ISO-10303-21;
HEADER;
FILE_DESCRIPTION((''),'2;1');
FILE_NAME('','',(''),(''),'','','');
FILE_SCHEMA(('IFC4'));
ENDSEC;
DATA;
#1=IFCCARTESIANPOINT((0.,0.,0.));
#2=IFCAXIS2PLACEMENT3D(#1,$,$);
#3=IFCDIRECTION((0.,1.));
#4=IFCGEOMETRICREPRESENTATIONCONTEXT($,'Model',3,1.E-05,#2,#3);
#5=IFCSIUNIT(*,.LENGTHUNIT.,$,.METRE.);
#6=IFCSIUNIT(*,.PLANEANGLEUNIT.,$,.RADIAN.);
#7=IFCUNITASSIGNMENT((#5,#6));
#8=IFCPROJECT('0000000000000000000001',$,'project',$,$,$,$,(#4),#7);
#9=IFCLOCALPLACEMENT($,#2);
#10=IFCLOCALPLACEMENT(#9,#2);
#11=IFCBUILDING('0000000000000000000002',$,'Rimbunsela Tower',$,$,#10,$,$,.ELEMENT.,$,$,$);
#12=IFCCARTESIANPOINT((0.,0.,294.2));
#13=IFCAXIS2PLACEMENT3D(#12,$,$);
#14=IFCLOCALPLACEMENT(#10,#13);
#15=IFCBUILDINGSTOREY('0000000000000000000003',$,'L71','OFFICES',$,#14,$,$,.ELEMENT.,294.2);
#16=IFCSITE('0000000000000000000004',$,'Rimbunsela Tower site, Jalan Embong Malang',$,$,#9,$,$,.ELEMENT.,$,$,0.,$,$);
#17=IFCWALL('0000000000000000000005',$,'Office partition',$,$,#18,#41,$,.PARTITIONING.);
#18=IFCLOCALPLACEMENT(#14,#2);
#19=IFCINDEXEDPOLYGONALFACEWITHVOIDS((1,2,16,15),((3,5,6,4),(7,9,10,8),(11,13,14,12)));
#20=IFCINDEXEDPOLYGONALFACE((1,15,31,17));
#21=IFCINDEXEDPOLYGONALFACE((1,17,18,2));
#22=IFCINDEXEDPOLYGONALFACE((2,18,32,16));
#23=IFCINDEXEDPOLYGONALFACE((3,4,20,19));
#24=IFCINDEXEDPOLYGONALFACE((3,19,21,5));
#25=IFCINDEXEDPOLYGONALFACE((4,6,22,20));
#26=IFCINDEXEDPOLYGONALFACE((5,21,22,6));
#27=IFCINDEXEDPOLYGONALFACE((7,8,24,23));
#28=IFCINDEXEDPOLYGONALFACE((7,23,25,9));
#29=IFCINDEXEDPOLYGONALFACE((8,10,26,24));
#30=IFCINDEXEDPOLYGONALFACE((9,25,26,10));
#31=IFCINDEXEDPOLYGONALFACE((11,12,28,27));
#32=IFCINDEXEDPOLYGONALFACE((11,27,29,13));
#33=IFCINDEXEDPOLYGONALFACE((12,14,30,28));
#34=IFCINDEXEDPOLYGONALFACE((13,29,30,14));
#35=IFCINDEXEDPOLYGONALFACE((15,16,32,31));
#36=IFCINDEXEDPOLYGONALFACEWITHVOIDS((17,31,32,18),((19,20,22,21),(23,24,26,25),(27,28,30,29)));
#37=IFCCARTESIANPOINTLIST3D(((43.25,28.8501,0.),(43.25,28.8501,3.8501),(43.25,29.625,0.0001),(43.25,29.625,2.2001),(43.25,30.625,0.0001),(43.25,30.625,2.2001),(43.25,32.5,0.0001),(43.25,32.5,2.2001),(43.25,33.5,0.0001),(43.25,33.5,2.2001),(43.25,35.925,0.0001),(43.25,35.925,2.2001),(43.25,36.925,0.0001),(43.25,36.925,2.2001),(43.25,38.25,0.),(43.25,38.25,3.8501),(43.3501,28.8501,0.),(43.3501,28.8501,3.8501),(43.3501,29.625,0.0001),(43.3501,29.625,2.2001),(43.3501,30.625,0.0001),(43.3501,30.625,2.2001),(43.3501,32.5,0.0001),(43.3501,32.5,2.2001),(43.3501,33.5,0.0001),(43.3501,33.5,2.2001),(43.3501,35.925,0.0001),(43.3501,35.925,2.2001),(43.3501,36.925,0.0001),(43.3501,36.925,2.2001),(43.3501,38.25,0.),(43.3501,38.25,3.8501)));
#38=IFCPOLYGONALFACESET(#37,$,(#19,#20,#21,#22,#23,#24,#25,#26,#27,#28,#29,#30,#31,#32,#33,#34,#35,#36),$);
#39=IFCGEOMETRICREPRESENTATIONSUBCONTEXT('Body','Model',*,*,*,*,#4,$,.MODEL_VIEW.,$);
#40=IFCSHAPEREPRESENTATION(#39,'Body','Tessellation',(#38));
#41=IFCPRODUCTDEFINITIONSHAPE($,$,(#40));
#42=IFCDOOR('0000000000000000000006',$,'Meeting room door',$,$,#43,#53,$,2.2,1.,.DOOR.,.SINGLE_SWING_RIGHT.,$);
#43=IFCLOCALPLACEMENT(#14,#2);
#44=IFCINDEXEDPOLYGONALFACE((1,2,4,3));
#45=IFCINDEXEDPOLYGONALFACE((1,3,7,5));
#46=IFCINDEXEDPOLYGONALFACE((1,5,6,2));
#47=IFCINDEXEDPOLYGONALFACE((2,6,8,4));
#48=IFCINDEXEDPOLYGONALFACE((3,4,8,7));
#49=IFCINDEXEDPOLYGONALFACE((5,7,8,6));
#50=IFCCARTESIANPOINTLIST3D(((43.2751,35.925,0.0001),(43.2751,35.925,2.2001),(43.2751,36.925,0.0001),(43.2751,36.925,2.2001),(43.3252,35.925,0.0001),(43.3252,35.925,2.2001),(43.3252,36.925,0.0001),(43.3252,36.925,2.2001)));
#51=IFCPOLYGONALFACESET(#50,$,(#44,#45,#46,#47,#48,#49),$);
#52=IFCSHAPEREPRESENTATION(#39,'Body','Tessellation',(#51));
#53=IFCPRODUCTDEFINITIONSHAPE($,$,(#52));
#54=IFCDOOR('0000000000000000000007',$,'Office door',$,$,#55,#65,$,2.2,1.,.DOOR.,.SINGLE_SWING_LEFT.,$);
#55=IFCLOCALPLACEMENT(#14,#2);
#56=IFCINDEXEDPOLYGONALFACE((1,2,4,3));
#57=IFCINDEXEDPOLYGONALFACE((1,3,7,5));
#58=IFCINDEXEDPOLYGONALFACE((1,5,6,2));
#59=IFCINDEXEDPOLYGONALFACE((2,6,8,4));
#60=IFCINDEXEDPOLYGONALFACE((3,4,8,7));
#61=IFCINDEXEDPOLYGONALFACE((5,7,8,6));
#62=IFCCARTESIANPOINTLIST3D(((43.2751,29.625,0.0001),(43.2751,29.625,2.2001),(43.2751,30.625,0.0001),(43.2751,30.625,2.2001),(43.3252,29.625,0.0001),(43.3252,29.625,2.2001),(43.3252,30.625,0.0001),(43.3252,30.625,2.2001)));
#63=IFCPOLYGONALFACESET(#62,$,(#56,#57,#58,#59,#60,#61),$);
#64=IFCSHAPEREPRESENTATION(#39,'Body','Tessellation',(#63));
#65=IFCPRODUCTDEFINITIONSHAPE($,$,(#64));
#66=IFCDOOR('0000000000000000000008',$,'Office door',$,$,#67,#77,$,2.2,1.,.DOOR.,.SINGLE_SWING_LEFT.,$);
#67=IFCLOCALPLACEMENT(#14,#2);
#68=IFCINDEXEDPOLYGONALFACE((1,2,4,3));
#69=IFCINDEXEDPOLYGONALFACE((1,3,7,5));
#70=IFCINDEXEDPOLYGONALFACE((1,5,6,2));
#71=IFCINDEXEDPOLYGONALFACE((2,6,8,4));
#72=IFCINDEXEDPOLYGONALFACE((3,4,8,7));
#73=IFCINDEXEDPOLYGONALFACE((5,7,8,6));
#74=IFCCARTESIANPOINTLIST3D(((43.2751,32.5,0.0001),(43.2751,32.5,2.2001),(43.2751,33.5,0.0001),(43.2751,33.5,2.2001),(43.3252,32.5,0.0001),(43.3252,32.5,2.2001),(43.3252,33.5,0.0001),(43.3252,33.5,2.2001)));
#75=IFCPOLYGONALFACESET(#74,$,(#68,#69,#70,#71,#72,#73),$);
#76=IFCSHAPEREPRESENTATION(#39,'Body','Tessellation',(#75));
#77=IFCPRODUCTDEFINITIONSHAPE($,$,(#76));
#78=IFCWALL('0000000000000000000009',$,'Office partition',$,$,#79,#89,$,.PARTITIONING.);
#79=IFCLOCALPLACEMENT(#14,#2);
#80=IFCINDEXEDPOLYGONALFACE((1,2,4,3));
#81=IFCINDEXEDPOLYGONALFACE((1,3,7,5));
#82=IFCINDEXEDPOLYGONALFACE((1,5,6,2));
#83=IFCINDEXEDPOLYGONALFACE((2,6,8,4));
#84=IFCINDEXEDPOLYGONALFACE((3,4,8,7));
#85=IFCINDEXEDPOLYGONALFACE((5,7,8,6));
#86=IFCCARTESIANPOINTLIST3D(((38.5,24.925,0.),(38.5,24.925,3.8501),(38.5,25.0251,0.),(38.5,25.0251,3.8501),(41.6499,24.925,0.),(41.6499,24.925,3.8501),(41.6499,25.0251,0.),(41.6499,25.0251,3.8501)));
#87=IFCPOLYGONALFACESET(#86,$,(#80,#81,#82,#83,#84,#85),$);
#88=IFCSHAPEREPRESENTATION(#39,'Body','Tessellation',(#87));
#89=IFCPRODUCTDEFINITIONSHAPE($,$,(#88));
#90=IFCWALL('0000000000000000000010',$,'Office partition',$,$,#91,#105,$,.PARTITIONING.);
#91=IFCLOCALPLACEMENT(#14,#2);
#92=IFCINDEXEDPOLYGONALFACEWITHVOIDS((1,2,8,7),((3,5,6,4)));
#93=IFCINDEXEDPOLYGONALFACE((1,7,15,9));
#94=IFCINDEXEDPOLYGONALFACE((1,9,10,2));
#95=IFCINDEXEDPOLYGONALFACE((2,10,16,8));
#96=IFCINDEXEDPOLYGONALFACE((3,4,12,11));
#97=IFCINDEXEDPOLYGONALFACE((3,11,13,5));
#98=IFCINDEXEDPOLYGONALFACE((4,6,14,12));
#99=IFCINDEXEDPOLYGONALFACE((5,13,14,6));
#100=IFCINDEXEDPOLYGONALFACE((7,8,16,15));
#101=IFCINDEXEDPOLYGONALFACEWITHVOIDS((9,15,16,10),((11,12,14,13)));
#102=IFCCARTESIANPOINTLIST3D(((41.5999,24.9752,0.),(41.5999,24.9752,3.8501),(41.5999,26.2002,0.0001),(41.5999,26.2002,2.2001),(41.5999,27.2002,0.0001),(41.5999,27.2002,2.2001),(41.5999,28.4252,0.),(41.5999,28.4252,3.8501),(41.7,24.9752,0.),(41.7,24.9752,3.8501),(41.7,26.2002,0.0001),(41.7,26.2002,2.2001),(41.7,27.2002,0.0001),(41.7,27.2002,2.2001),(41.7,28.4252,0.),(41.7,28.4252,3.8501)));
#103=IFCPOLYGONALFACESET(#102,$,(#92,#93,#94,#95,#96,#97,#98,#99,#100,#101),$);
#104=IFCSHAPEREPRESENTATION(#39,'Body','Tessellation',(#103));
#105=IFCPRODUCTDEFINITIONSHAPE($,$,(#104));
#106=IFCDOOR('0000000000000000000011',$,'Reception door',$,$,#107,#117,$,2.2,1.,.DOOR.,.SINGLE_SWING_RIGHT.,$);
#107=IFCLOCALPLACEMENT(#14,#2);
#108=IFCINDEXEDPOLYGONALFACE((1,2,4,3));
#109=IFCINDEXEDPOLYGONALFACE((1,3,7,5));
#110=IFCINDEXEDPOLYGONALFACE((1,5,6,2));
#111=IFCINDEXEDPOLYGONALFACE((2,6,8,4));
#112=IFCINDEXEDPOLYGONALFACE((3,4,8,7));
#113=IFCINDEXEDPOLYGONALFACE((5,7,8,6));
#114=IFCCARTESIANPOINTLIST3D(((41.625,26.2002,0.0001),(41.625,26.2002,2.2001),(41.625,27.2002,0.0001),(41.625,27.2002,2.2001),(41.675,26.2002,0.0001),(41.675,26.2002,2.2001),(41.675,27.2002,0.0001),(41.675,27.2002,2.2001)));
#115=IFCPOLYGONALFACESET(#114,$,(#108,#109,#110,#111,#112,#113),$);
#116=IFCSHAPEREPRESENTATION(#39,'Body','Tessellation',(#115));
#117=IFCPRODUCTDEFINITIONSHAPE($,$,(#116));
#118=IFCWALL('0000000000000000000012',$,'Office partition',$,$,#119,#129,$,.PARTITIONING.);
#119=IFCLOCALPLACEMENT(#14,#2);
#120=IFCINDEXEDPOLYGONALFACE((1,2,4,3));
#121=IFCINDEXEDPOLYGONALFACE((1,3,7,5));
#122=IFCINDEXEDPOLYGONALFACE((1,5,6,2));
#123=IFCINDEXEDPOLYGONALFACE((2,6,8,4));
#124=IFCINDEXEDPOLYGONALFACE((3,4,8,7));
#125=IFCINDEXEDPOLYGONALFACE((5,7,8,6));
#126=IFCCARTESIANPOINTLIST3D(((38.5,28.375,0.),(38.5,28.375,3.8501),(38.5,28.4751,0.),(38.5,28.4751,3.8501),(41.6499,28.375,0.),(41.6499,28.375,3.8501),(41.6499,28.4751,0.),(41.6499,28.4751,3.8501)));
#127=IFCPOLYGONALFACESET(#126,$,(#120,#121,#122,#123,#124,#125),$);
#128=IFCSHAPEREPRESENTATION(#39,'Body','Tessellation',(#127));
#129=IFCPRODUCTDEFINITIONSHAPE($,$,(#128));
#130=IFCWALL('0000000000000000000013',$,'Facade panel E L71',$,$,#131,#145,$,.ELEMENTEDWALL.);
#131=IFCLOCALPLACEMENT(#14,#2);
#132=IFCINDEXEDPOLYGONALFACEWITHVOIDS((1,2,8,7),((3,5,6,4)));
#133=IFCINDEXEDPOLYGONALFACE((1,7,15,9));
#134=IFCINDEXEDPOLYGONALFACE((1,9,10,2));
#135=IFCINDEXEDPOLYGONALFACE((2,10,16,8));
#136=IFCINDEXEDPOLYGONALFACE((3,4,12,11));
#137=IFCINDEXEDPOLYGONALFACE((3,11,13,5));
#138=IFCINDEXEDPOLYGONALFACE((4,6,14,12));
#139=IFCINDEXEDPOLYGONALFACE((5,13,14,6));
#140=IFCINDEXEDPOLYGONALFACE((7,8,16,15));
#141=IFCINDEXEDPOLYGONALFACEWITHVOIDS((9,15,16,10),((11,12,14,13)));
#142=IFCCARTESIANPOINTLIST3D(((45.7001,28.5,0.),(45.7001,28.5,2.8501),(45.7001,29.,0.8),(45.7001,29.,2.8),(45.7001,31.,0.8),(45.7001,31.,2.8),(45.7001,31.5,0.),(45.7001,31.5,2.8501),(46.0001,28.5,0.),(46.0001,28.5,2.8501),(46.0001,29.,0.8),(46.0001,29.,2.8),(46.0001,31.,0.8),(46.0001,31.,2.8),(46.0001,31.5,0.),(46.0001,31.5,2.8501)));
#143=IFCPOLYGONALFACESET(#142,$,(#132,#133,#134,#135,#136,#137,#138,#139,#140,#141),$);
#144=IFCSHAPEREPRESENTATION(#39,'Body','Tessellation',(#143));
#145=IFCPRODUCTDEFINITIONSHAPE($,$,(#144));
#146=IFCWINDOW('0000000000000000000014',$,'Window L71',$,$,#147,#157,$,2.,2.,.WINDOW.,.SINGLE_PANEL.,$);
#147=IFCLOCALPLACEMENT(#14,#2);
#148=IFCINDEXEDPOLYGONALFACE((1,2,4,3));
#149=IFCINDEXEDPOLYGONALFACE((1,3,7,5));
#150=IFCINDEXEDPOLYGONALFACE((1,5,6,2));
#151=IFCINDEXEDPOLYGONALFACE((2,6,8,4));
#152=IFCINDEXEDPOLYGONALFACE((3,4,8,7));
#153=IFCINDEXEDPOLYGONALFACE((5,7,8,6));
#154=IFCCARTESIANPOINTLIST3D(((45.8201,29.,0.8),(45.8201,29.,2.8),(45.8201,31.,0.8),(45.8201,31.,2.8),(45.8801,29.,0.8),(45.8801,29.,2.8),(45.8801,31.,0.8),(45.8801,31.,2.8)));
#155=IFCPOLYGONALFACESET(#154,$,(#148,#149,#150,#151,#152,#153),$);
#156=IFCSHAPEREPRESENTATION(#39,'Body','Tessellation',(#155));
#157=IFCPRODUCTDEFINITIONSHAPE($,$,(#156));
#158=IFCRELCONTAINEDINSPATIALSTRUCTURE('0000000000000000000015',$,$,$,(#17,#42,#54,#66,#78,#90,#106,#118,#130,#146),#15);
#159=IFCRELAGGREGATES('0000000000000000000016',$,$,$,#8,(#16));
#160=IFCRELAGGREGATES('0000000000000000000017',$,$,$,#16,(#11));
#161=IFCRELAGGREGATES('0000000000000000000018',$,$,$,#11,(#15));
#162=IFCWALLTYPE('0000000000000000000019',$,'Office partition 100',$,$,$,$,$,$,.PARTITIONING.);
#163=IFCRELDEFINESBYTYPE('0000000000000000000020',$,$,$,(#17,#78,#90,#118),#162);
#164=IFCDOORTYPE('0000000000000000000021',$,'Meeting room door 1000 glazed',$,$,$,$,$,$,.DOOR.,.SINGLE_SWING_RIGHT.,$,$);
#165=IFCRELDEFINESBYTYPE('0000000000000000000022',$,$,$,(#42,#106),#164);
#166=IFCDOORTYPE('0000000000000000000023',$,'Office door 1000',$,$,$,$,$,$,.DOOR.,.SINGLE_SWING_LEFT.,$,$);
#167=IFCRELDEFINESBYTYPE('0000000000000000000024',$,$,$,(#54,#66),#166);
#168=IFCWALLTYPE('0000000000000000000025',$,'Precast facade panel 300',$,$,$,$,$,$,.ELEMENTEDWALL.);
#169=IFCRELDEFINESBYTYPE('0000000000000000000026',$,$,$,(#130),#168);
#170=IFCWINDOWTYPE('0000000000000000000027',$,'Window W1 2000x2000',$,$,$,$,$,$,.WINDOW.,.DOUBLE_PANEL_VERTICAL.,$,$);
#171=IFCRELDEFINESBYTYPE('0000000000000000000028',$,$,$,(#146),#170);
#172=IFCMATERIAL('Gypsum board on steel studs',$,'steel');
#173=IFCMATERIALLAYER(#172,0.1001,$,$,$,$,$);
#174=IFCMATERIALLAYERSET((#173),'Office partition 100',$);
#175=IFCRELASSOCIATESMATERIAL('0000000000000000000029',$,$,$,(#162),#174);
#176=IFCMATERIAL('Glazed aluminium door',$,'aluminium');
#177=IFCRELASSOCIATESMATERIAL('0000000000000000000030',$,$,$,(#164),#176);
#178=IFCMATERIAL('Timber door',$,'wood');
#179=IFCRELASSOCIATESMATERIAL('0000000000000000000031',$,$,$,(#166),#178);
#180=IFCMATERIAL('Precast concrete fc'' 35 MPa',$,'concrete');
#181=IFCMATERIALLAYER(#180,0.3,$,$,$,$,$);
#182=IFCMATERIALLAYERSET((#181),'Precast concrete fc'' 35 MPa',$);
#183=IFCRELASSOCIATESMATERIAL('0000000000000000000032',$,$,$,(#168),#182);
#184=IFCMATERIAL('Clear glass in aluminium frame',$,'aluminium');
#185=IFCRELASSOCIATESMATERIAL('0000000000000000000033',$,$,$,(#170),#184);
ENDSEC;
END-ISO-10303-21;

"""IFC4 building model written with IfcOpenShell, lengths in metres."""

from ifc_helpers import new_model, si_unit, direction, frame, frame_2d, origin, place, context, subcontext, project, spatial, rectangle, extrude, material, layer, layer_set, type_object, element, fill, save


model = new_model("IFC4")

# Units and contexts
model_context = context("Model", 3, precision=1e-05, world=origin(), true_north=direction((0.0, 1.0)))
body_context = subcontext(model_context, "Body", "Model", "MODEL_VIEW")
ifc_project = project(units=[si_unit("LENGTHUNIT", "METRE"), si_unit("PLANEANGLEUNIT", "RADIAN")], contexts=[model_context])

# Site, building, storey
site_placement = place(None, origin())
site = spatial("IfcSite", under=ifc_project, at=site_placement, Name="Rimbunsela Tower site, Jalan Embong Malang", CompositionType="ELEMENT", RefElevation=0.0)
building_placement = place(site_placement, origin())
building = spatial("IfcBuilding", under=site, at=building_placement, Name="Rimbunsela Tower", CompositionType="ELEMENT")
storey_placement = place(building_placement, frame((0.0, 0.0, 294.2)))
storey = spatial("IfcBuildingStorey", under=building, at=storey_placement, Name="L71", Description="OFFICES", CompositionType="ELEMENT", Elevation=294.2)

# Shared definitions
ifc_material_1 = material(Name="Gypsum board on steel studs", Category="steel")
ifc_layer_1 = layer(ifc_material_1, 0.1001)
ifc_layer_set_1 = layer_set([ifc_layer_1], Name="Office partition 100")
wall_type_1 = type_object("IfcWallType", Name="Office partition 100", PredefinedType="PARTITIONING", material=ifc_layer_set_1)

# Wall, openings, doors
wall_1_placement = place(storey_placement, frame((43.3, 28.8501, 0.0), z_axis=(0.0, 0.0, 1.0), x_axis=(0.0, 1.0, 0.0)))
wall_1 = element("IfcWall", 1, at=wall_1_placement, inside=storey, type_object=wall_type_1, Name="Office partition", PredefinedType="PARTITIONING", context=body_context, shape_type="SweptSolid", body=[
    extrude(rectangle(XDim=9.3999, YDim=0.1001, at=frame_2d((4.7, 0.0))), origin(), (0.0, 0.0, 1.0), 3.8501),
])
opening_1_placement = place(wall_1_placement, frame((0.7749, 0.0, 0.0)))
opening_1 = element("IfcOpeningElement", 2, at=opening_1_placement, cuts=wall_1, PredefinedType="OPENING", context=body_context, shape_type="SweptSolid", body=[
    extrude(rectangle(XDim=1.0, YDim=2.2, at=frame_2d((0.5, 1.1001))), frame((0.0, 0.0601, 0.0), z_axis=(0.0, -1.0, 0.0), x_axis=(1.0, 0.0, 0.0)), (0.0, 0.0, 1.0), 0.1201),
])
opening_2_placement = place(wall_1_placement, frame((3.6499, 0.0, 0.0)))
opening_2 = element("IfcOpeningElement", 3, at=opening_2_placement, cuts=wall_1, PredefinedType="OPENING", context=body_context, shape_type="SweptSolid", body=[
    extrude(rectangle(XDim=1.0, YDim=2.2, at=frame_2d((0.5, 1.1001))), frame((0.0, 0.0601, 0.0), z_axis=(0.0, -1.0, 0.0), x_axis=(1.0, 0.0, 0.0)), (0.0, 0.0, 1.0), 0.1201),
])
opening_3_placement = place(wall_1_placement, frame((7.075, 0.0, 0.0)))
opening_3 = element("IfcOpeningElement", 4, at=opening_3_placement, cuts=wall_1, PredefinedType="OPENING", context=body_context, shape_type="SweptSolid", body=[
    extrude(rectangle(XDim=1.0, YDim=2.2, at=frame_2d((0.5, 1.1001))), frame((0.0, 0.0601, 0.0), z_axis=(0.0, -1.0, 0.0), x_axis=(1.0, 0.0, 0.0)), (0.0, 0.0, 1.0), 0.1201),
])
ifc_material_2 = material(Name="Glazed aluminium door", Category="aluminium")
door_type_1 = type_object("IfcDoorType", Name="Meeting room door 1000 glazed", OperationType="SINGLE_SWING_RIGHT", PredefinedType="DOOR", material=ifc_material_2)
door_1_placement = place(opening_3_placement, origin())
door_1 = element("IfcDoor", 5, at=door_1_placement, inside=storey, type_object=door_type_1, Name="Meeting room door", OperationType="SINGLE_SWING_RIGHT", OverallHeight=2.2, OverallWidth=1.0, PredefinedType="DOOR", context=body_context, shape_type="SweptSolid", body=[
    extrude(rectangle(XDim=1.0, YDim=2.2, at=frame_2d((0.5, 1.1001))), frame((0.0, 0.0249, 0.0), z_axis=(0.0, -1.0, 0.0), x_axis=(1.0, 0.0, 0.0)), (0.0, 0.0, 1.0), 0.05),
])
fill(opening_3, door_1)
ifc_material_3 = material(Name="Timber door", Category="wood")
door_type_2 = type_object("IfcDoorType", Name="Office door 1000", OperationType="SINGLE_SWING_LEFT", PredefinedType="DOOR", material=ifc_material_3)
door_2_placement = place(opening_1_placement, origin())
door_2 = element("IfcDoor", 6, at=door_2_placement, inside=storey, type_object=door_type_2, Name="Office door", OperationType="SINGLE_SWING_LEFT", OverallHeight=2.2, OverallWidth=1.0, PredefinedType="DOOR", context=body_context, shape_type="SweptSolid", body=[
    extrude(rectangle(XDim=1.0, YDim=2.2, at=frame_2d((0.5, 1.1001))), frame((0.0, 0.0249, 0.0), z_axis=(0.0, -1.0, 0.0), x_axis=(1.0, 0.0, 0.0)), (0.0, 0.0, 1.0), 0.05),
])
fill(opening_1, door_2)
door_3_placement = place(opening_2_placement, origin())
door_3 = element("IfcDoor", 7, at=door_3_placement, inside=storey, type_object=door_type_2, Name="Office door", OperationType="SINGLE_SWING_LEFT", OverallHeight=2.2, OverallWidth=1.0, PredefinedType="DOOR", context=body_context, shape_type="SweptSolid", body=[
    extrude(rectangle(XDim=1.0, YDim=2.2, at=frame_2d((0.5, 1.1001))), frame((0.0, 0.0249, 0.0), z_axis=(0.0, -1.0, 0.0), x_axis=(1.0, 0.0, 0.0)), (0.0, 0.0, 1.0), 0.05),
])
fill(opening_2, door_3)

# Wall
wall_2_placement = place(storey_placement, frame((38.5, 24.9751, 0.0), z_axis=(0.0, 0.0, 1.0), x_axis=(1.0, 0.0, 0.0)))
element("IfcWall", 8, at=wall_2_placement, inside=storey, type_object=wall_type_1, Name="Office partition", PredefinedType="PARTITIONING", context=body_context, shape_type="SweptSolid", body=[
    extrude(rectangle(XDim=3.1499, YDim=0.1001, at=frame_2d((1.575, 0.0))), origin(), (0.0, 0.0, 1.0), 3.8501),
])

# Wall, opening, door
wall_3_placement = place(storey_placement, frame((41.6499, 24.9751, 0.0), z_axis=(0.0, 0.0, 1.0), x_axis=(0.0, 1.0, 0.0)))
wall_3 = element("IfcWall", 9, at=wall_3_placement, inside=storey, type_object=wall_type_1, Name="Office partition", PredefinedType="PARTITIONING", context=body_context, shape_type="SweptSolid", body=[
    extrude(rectangle(XDim=3.45, YDim=0.1001, at=frame_2d((1.7251, 0.0))), origin(), (0.0, 0.0, 1.0), 3.8501),
])
opening_4_placement = place(wall_3_placement, frame((1.2251, 0.0, 0.0)))
opening_4 = element("IfcOpeningElement", 10, at=opening_4_placement, cuts=wall_3, PredefinedType="OPENING", context=body_context, shape_type="SweptSolid", body=[
    extrude(rectangle(XDim=1.0, YDim=2.2, at=frame_2d((0.5, 1.1001))), frame((0.0, 0.0601, 0.0), z_axis=(0.0, -1.0, 0.0), x_axis=(1.0, 0.0, 0.0)), (0.0, 0.0, 1.0), 0.1201),
])
door_4_placement = place(opening_4_placement, origin())
door_4 = element("IfcDoor", 11, at=door_4_placement, inside=storey, type_object=door_type_1, Name="Reception door", OperationType="SINGLE_SWING_RIGHT", OverallHeight=2.2, OverallWidth=1.0, PredefinedType="DOOR", context=body_context, shape_type="SweptSolid", body=[
    extrude(rectangle(XDim=1.0, YDim=2.2, at=frame_2d((0.5, 1.1001))), frame((0.0, 0.0249, 0.0), z_axis=(0.0, -1.0, 0.0), x_axis=(1.0, 0.0, 0.0)), (0.0, 0.0, 1.0), 0.05),
])
fill(opening_4, door_4)

# Wall
wall_4_placement = place(storey_placement, frame((41.6499, 28.425, 0.0), z_axis=(0.0, 0.0, 1.0), x_axis=(-1.0, 0.0, 0.0)))
element("IfcWall", 12, at=wall_4_placement, inside=storey, type_object=wall_type_1, Name="Office partition", PredefinedType="PARTITIONING", context=body_context, shape_type="SweptSolid", body=[
    extrude(rectangle(XDim=3.1499, YDim=0.1001, at=frame_2d((1.575, 0.0))), origin(), (0.0, 0.0, 1.0), 3.8501),
])

# Wall, opening, window
ifc_material_4 = material(Name="Precast concrete fc' 35 MPa", Category="concrete")
ifc_layer_2 = layer(ifc_material_4, 0.3)
ifc_layer_set_2 = layer_set([ifc_layer_2], Name="Precast concrete fc' 35 MPa")
wall_type_2 = type_object("IfcWallType", Name="Precast facade panel 300", PredefinedType="ELEMENTEDWALL", material=ifc_layer_set_2)
wall_5_placement = place(storey_placement, frame((45.8501, 28.5, 0.0), z_axis=(0.0, 0.0, 1.0), x_axis=(0.0, 1.0, 0.0)))
wall_5 = element("IfcWall", 13, at=wall_5_placement, inside=storey, type_object=wall_type_2, Name="Facade panel E L71", PredefinedType="ELEMENTEDWALL", context=body_context, shape_type="SweptSolid", body=[
    extrude(rectangle(XDim=3.0, YDim=0.3, at=frame_2d((1.5, 0.0))), origin(), (0.0, 0.0, 1.0), 2.8501),
])
opening_5_placement = place(wall_5_placement, frame((0.5, 0.0, 0.8)))
opening_5 = element("IfcOpeningElement", 14, at=opening_5_placement, cuts=wall_5, PredefinedType="OPENING", context=body_context, shape_type="SweptSolid", body=[
    extrude(rectangle(XDim=2.0, YDim=2.0, at=frame_2d((1.0, 1.0))), frame((0.0, 0.1599, 0.0), z_axis=(0.0, -1.0, 0.0), x_axis=(1.0, 0.0, 0.0)), (0.0, 0.0, 1.0), 0.3201),
])
ifc_material_5 = material(Name="Clear glass in aluminium frame", Category="aluminium")
window_type = type_object("IfcWindowType", Name="Window W1 2000x2000", PartitioningType="DOUBLE_PANEL_VERTICAL", PredefinedType="WINDOW", material=ifc_material_5)
window_1_placement = place(opening_5_placement, origin())
window_1 = element("IfcWindow", 15, at=window_1_placement, inside=storey, type_object=window_type, Name="Window L71", OverallHeight=2.0, OverallWidth=2.0, PartitioningType="SINGLE_PANEL", PredefinedType="WINDOW", context=body_context, shape_type="SweptSolid", body=[
    extrude(rectangle(XDim=2.0, YDim=2.0, at=frame_2d((1.0, 1.0))), frame((0.0, 0.03, 0.0), z_axis=(0.0, -1.0, 0.0), x_axis=(1.0, 0.0, 0.0)), (0.0, 0.0, 1.0), 0.0601),
])
fill(opening_5, window_1)

save(model, "model.ifc")
